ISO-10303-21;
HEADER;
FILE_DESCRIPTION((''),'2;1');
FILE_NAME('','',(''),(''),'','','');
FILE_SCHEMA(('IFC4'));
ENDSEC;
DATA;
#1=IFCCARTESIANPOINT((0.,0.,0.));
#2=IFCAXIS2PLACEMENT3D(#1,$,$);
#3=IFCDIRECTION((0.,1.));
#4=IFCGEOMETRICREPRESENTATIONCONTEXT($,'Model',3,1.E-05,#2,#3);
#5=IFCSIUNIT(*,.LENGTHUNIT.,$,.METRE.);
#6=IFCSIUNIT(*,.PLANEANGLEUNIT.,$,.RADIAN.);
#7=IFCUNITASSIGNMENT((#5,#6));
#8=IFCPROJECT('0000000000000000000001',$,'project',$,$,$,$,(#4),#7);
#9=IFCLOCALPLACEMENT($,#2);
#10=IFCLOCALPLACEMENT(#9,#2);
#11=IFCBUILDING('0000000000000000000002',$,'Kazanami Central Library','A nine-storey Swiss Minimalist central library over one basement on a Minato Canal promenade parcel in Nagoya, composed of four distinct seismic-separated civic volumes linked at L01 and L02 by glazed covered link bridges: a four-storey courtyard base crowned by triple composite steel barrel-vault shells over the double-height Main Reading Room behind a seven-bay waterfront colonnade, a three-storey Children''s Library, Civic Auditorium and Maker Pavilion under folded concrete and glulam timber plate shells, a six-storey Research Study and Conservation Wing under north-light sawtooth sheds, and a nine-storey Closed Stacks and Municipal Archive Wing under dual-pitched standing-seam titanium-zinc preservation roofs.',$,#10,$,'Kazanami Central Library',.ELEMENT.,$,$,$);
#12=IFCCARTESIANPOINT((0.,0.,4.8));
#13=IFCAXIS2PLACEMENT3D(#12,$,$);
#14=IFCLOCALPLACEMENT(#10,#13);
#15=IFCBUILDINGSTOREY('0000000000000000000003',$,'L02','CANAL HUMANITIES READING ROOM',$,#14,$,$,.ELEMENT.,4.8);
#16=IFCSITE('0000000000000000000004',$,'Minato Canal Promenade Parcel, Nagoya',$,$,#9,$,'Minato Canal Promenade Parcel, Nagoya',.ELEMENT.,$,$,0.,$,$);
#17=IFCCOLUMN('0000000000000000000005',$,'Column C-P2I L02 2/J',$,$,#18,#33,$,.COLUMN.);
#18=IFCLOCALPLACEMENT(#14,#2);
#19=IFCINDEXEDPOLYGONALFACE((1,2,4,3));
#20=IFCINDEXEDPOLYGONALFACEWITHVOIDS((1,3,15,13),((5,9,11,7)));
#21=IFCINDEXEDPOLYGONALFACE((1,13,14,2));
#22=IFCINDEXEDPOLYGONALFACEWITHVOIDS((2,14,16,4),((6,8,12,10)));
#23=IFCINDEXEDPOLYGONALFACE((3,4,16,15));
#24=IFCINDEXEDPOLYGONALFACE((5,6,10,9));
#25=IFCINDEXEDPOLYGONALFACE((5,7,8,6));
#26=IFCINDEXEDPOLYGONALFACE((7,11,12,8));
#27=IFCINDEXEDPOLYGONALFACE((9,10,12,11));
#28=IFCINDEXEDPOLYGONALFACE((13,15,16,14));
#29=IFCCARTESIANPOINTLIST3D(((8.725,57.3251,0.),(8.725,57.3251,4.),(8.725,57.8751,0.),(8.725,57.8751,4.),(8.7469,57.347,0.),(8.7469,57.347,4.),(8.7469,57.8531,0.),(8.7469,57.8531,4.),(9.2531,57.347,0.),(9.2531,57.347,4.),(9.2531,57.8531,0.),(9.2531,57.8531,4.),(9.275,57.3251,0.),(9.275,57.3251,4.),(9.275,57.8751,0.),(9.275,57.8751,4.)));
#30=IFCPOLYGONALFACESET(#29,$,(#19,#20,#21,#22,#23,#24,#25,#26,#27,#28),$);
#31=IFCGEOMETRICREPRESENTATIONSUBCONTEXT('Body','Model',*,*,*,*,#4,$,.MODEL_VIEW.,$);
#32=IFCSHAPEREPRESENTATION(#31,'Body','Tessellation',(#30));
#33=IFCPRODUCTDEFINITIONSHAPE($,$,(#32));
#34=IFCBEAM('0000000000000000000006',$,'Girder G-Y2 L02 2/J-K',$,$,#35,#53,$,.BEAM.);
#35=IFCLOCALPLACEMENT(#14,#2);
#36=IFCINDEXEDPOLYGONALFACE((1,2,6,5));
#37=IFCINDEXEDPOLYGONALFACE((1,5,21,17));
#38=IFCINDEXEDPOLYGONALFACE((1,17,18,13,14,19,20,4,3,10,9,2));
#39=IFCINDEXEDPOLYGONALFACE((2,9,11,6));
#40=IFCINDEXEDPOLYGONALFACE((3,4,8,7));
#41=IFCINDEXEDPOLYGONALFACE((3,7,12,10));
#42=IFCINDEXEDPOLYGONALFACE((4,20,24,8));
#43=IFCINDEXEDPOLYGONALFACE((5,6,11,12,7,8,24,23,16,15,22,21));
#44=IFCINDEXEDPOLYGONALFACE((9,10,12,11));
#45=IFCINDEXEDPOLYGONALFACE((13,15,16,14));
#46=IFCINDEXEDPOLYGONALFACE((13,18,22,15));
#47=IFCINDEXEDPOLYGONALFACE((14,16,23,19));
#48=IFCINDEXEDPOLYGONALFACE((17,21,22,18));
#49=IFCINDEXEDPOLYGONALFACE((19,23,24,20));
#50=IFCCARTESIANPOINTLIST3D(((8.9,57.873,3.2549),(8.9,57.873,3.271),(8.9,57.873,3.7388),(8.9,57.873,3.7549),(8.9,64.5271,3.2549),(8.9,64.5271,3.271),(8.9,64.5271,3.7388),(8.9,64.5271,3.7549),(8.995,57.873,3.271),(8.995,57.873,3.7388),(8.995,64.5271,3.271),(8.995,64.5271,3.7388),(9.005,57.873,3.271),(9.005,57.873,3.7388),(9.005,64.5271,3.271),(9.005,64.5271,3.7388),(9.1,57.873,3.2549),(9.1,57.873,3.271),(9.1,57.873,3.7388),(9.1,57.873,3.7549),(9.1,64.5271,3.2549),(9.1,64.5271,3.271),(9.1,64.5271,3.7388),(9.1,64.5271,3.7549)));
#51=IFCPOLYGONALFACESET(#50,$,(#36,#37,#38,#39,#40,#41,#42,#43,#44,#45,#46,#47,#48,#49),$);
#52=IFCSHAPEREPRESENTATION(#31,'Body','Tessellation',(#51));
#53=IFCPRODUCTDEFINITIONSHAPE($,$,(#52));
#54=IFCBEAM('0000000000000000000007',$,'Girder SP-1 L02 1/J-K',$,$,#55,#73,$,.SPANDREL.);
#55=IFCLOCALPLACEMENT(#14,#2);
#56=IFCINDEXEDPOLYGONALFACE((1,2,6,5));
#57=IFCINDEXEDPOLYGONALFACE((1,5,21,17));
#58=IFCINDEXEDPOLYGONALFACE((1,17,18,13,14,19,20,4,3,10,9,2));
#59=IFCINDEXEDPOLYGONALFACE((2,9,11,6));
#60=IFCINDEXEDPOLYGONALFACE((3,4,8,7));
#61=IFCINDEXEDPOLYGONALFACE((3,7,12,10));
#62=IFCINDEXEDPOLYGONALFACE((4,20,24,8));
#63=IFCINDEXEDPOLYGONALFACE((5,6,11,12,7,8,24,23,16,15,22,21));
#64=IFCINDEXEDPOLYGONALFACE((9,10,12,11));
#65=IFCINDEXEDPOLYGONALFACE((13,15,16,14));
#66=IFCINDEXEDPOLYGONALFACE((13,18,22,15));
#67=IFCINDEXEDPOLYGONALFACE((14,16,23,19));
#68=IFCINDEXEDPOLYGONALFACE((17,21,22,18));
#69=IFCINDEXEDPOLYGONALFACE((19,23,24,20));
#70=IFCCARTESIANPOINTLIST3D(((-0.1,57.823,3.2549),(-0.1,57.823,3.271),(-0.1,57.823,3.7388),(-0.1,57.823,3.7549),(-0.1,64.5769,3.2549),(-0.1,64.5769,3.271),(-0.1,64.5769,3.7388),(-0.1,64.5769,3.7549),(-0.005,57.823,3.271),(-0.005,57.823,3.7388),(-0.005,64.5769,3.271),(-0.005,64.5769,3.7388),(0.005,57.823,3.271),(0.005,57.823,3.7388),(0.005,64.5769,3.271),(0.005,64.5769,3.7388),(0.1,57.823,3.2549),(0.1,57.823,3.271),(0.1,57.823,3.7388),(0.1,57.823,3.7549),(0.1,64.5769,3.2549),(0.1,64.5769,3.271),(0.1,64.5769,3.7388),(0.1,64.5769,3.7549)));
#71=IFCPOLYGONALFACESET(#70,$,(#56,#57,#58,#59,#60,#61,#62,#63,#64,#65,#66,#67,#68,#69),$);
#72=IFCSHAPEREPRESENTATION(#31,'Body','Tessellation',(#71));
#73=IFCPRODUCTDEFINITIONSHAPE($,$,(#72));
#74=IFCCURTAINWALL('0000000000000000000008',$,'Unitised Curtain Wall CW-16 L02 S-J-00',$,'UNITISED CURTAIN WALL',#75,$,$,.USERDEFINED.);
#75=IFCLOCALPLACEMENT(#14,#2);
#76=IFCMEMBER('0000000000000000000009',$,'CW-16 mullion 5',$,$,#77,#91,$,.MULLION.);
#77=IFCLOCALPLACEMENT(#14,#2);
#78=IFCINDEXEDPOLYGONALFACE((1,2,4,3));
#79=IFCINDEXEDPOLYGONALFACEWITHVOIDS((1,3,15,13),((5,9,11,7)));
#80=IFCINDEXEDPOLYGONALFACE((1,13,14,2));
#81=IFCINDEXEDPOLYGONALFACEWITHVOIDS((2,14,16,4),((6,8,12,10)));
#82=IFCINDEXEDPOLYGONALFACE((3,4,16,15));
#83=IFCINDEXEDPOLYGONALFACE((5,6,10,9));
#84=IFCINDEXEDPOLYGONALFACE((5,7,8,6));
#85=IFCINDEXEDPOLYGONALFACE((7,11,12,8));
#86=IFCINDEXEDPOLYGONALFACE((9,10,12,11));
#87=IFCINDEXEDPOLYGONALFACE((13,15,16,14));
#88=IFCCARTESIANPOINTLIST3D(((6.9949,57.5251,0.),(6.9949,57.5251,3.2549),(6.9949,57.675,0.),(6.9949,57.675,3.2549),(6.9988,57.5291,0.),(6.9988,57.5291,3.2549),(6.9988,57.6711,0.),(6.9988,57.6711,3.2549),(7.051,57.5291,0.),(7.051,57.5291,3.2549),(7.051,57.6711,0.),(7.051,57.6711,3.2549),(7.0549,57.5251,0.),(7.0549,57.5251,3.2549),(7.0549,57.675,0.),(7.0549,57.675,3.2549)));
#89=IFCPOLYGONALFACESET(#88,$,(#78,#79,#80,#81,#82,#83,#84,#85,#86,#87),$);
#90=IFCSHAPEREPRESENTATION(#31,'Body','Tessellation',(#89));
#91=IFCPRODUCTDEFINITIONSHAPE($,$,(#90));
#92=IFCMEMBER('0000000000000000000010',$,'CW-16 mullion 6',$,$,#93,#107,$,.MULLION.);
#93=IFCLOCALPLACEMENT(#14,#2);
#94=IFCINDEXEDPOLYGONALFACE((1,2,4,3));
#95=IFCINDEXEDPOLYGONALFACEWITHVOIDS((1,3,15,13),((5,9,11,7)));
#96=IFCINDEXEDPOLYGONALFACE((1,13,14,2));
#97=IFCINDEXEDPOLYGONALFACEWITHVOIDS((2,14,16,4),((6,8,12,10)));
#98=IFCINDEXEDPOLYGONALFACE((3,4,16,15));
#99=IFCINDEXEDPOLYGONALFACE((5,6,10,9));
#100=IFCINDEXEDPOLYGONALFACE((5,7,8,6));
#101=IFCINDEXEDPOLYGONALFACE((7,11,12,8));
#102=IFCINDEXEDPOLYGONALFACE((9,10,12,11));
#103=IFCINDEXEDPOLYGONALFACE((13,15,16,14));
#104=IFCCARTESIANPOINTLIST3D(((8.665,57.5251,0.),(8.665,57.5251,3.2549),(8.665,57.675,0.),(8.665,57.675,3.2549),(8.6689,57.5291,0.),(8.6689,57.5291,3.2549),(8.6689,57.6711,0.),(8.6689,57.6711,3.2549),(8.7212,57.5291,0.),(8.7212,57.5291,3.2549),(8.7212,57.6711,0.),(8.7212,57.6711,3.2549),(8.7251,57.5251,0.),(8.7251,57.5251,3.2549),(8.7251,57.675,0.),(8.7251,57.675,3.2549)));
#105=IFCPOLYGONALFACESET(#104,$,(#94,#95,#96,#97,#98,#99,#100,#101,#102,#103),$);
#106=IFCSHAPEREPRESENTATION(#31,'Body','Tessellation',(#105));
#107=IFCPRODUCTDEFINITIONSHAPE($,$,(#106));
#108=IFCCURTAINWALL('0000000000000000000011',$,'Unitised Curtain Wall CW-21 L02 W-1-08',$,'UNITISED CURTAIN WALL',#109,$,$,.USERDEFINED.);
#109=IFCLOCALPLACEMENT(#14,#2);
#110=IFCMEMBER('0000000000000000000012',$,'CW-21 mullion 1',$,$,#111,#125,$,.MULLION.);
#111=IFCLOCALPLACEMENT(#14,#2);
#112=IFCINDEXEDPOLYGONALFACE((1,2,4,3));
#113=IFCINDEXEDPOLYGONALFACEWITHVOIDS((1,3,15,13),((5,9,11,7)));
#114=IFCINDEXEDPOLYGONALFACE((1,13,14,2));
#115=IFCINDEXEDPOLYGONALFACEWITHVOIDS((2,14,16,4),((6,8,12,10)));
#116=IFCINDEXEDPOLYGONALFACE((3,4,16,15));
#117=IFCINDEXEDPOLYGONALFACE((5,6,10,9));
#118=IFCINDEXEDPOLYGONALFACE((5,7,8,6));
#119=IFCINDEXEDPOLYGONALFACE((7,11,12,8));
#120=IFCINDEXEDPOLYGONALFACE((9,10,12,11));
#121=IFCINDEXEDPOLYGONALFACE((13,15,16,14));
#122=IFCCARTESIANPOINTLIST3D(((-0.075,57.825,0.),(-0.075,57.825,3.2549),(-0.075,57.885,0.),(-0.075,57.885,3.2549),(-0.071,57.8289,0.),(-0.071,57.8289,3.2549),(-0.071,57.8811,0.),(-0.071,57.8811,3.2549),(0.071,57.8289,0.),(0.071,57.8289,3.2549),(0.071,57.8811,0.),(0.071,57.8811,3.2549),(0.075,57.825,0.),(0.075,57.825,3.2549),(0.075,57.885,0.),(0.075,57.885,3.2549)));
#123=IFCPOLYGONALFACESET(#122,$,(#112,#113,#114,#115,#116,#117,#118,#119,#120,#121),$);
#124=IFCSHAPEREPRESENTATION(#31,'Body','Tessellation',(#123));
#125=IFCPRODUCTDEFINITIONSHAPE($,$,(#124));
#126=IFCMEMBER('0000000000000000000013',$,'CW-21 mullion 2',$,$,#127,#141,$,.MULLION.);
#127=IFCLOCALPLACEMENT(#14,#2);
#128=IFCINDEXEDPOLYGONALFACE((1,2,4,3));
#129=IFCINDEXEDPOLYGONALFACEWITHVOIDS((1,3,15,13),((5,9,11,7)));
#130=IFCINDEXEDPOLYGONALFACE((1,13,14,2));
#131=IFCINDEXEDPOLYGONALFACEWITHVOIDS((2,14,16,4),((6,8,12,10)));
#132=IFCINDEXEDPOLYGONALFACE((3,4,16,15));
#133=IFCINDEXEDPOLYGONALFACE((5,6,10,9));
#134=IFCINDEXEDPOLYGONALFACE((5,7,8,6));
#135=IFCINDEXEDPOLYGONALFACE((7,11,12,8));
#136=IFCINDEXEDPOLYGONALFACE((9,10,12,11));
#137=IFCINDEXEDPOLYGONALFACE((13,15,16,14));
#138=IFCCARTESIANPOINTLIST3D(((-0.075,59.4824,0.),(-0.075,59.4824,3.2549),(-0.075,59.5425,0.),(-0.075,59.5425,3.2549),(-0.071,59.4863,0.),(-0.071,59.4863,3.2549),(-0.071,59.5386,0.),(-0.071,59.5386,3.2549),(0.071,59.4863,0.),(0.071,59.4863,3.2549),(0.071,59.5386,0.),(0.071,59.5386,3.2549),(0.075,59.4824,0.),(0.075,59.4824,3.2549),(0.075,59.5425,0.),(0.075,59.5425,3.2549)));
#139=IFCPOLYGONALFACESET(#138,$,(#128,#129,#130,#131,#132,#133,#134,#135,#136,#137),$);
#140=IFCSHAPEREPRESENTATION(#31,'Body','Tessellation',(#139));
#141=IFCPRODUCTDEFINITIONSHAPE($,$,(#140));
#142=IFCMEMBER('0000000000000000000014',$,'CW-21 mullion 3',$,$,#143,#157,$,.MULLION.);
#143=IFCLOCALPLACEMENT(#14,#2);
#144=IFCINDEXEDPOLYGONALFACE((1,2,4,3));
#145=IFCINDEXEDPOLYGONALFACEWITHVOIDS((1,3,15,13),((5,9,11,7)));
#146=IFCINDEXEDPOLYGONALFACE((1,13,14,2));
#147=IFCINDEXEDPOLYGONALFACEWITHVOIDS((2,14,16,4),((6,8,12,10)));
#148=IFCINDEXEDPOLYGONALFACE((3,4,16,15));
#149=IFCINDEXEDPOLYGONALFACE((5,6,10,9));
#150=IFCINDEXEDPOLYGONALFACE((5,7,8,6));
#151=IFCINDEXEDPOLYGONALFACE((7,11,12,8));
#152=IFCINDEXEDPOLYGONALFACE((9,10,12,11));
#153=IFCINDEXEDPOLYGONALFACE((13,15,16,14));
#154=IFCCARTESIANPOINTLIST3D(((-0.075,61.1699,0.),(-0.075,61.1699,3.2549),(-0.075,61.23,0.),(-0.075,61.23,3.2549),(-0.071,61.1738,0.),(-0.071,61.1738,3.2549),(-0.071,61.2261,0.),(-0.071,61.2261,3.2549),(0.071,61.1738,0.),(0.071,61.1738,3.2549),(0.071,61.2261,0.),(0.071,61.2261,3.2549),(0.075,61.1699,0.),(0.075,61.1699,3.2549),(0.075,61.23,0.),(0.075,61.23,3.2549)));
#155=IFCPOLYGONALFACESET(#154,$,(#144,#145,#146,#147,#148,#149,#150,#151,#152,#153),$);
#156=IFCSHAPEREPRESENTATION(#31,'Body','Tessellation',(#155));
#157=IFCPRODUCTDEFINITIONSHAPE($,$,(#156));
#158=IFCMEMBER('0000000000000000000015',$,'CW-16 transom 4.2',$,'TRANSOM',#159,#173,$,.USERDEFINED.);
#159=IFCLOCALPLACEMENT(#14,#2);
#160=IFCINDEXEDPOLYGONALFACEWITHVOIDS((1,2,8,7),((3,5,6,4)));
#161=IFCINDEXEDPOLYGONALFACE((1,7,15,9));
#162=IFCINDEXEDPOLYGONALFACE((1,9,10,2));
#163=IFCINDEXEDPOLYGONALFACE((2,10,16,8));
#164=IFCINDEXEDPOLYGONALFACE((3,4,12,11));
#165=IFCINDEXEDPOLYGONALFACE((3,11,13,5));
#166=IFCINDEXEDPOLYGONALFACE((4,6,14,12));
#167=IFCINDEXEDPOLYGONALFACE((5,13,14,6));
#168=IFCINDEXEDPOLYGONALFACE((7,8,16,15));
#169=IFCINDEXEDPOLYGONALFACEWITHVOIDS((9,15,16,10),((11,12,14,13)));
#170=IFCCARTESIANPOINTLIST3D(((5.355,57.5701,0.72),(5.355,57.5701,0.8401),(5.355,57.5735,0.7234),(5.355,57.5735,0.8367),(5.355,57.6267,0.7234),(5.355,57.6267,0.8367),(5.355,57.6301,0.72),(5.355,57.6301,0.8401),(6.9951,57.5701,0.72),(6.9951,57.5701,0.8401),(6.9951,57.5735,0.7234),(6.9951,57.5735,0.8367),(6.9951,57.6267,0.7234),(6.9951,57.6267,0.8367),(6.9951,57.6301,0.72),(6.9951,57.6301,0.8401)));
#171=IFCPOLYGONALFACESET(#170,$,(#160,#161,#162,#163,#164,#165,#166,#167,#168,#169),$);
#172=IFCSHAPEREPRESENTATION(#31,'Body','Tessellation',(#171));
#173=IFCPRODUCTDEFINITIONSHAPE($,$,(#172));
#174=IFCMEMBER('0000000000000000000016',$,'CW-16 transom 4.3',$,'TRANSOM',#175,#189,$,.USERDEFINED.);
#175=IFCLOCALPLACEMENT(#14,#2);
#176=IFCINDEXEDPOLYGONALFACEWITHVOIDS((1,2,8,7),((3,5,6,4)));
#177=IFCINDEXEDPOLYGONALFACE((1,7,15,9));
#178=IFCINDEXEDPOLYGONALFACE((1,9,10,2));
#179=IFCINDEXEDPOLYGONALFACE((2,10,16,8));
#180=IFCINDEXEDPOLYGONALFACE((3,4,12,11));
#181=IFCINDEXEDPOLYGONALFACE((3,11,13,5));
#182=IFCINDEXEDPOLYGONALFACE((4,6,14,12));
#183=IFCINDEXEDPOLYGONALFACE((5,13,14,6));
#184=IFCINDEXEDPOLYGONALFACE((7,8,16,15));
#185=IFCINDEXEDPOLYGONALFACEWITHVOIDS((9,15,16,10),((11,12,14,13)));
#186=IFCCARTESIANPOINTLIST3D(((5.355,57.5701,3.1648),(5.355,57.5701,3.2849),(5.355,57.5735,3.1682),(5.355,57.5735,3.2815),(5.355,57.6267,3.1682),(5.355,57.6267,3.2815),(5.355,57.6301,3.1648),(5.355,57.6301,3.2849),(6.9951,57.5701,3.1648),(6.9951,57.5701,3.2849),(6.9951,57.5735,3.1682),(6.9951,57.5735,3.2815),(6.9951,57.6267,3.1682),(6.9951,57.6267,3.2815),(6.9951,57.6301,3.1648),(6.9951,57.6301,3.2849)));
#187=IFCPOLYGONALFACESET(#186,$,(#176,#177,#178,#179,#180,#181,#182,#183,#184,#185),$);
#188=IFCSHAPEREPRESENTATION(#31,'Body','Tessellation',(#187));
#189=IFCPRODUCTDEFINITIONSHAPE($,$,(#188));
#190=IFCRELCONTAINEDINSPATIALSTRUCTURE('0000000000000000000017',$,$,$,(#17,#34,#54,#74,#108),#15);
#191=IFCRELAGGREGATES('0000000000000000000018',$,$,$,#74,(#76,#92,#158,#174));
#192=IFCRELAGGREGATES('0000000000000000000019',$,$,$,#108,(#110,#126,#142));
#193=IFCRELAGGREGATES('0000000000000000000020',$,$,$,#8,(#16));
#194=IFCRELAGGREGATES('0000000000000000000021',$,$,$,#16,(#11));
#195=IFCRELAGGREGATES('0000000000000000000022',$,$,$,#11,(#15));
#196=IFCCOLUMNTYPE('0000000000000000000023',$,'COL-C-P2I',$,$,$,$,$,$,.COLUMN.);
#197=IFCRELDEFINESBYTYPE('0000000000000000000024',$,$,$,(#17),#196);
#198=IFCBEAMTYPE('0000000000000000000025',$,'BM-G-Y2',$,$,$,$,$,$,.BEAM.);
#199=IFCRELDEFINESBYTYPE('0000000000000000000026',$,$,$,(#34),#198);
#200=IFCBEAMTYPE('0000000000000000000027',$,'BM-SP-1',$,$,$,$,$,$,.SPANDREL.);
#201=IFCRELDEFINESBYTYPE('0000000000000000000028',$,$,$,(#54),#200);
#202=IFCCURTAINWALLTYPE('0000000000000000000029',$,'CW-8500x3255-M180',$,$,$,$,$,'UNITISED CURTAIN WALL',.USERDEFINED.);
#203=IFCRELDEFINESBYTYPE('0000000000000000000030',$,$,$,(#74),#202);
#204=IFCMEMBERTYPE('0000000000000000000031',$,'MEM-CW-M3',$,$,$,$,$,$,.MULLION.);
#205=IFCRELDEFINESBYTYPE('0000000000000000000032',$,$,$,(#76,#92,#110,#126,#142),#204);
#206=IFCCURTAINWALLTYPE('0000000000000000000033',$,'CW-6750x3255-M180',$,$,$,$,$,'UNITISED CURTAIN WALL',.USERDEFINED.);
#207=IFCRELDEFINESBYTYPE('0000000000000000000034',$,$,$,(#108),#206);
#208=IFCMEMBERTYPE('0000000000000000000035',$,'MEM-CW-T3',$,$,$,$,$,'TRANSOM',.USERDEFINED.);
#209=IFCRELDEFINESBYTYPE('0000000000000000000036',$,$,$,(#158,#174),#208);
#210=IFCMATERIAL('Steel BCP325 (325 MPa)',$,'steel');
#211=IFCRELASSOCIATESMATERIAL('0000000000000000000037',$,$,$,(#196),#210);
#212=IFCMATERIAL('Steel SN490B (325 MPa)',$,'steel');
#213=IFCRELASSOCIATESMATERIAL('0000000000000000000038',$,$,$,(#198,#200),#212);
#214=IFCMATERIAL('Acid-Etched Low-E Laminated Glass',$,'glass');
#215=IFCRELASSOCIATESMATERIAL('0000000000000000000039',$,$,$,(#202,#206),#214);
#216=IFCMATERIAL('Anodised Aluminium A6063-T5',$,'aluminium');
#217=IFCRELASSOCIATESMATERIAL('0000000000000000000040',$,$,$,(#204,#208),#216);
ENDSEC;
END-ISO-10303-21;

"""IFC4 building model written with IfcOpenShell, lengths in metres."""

from ifc_helpers import new_model, si_unit, direction, frame, origin, origin_2d, place, context, subcontext, project, spatial, hollow_rectangle, i_section, extrude, material, material_profile, profile_set, type_object, element, aggregate, save


model = new_model("IFC4")

# Units and contexts
model_context = context("Model", 3, precision=1e-05, world=origin(), true_north=direction((0.0, 1.0)))
body_context = subcontext(model_context, "Body", "Model", "MODEL_VIEW")
ifc_project = project(units=[si_unit("LENGTHUNIT", "METRE"), si_unit("PLANEANGLEUNIT", "RADIAN")], contexts=[model_context])

# Site, building, storey
site_placement = place(None, origin())
site = spatial("IfcSite", under=ifc_project, at=site_placement, Name="Minato Canal Promenade Parcel, Nagoya", LongName="Minato Canal Promenade Parcel, Nagoya", CompositionType="ELEMENT", RefElevation=0.0)
building_placement = place(site_placement, origin())
building = spatial("IfcBuilding", under=site, at=building_placement, Name="Kazanami Central Library", Description="A nine-storey Swiss Minimalist central library over one basement on a Minato Canal promenade parcel in Nagoya, composed of four distinct seismic-separated civic volumes linked at L01 and L02 by glazed covered link bridges: a four-storey courtyard base crowned by triple composite steel barrel-vault shells over the double-height Main Reading Room behind a seven-bay waterfront colonnade, a three-storey Children's Library, Civic Auditorium and Maker Pavilion under folded concrete and glulam timber plate shells, a six-storey Research Study and Conservation Wing under north-light sawtooth sheds, and a nine-storey Closed Stacks and Municipal Archive Wing under dual-pitched standing-seam titanium-zinc preservation roofs.", LongName="Kazanami Central Library", CompositionType="ELEMENT")
storey_placement = place(building_placement, frame((0.0, 0.0, 4.8)))
storey = spatial("IfcBuildingStorey", under=building, at=storey_placement, Name="L02", Description="CANAL HUMANITIES READING ROOM", CompositionType="ELEMENT", Elevation=4.8)

# Column
ifc_material_1 = material(Name="Steel BCP325 (325 MPa)", Category="steel")
ifc_material_profile_1 = material_profile(ifc_material_1, hollow_rectangle(XDim=0.55, YDim=0.55, WallThickness=0.022, at=origin_2d()), Name="BCP-550x550x22")
ifc_profile_set_1 = profile_set([ifc_material_profile_1], Name="Steel BCP325 (325 MPa)")
column_type = type_object("IfcColumnType", Name="COL-C-P2I", PredefinedType="COLUMN", material=ifc_profile_set_1)
column_placement = place(storey_placement, frame((9.0, 57.6001, 0.0), z_axis=(0.0, 0.0, 1.0), x_axis=(1.0, 0.0, 0.0)))
element("IfcColumn", 1, at=column_placement, inside=storey, type_object=column_type, Name="Column C-P2I L02 2/J", PredefinedType="COLUMN", context=body_context, shape_type="SweptSolid", body=[
    extrude(hollow_rectangle(XDim=0.55, YDim=0.55, WallThickness=0.022, at=origin_2d()), origin(), (0.0, 0.0, 1.0), 4.0),
])

# Beams
ifc_material_2 = material(Name="Steel SN490B (325 MPa)", Category="steel")
ifc_material_profile_2 = material_profile(ifc_material_2, i_section(OverallWidth=0.2, OverallDepth=0.5, WebThickness=0.01, FlangeThickness=0.0161, at=origin_2d()), Name="H-500x200x10x16")
ifc_profile_set_2 = profile_set([ifc_material_profile_2], Name="Steel SN490B (325 MPa)")
beam_type_1 = type_object("IfcBeamType", Name="BM-G-Y2", PredefinedType="BEAM", material=ifc_profile_set_2)
beam_1_placement = place(storey_placement, frame((9.0, 57.873, 3.5049), z_axis=(0.0, 1.0, 0.0), x_axis=(-1.0, 0.0, 0.0)))
element("IfcBeam", 2, at=beam_1_placement, inside=storey, type_object=beam_type_1, Name="Girder G-Y2 L02 2/J-K", PredefinedType="BEAM", context=body_context, shape_type="SweptSolid", body=[
    extrude(i_section(OverallWidth=0.2, OverallDepth=0.5, WebThickness=0.01, FlangeThickness=0.0161, at=origin_2d()), origin(), (0.0, 0.0, 1.0), 6.6541),
])
ifc_material_profile_3 = material_profile(ifc_material_2, i_section(OverallWidth=0.2, OverallDepth=0.5, WebThickness=0.01, FlangeThickness=0.0161, at=origin_2d()), Name="H-500x200x10x16")
ifc_profile_set_3 = profile_set([ifc_material_profile_3], Name="Steel SN490B (325 MPa)")
beam_type_2 = type_object("IfcBeamType", Name="BM-SP-1", PredefinedType="SPANDREL", material=ifc_profile_set_3)
beam_2_placement = place(storey_placement, frame((0.0, 57.823, 3.5049), z_axis=(0.0, 1.0, 0.0), x_axis=(-1.0, 0.0, 0.0)))
element("IfcBeam", 3, at=beam_2_placement, inside=storey, type_object=beam_type_2, Name="Girder SP-1 L02 1/J-K", PredefinedType="SPANDREL", context=body_context, shape_type="SweptSolid", body=[
    extrude(i_section(OverallWidth=0.2, OverallDepth=0.5, WebThickness=0.01, FlangeThickness=0.0161, at=origin_2d()), origin(), (0.0, 0.0, 1.0), 6.7539),
])

# Curtain walls, members
ifc_material_3 = material(Name="Acid-Etched Low-E Laminated Glass", Category="glass")
curtain_wall_type_1 = type_object("IfcCurtainWallType", Name="CW-8500x3255-M180", ElementType="UNITISED CURTAIN WALL", PredefinedType="USERDEFINED", material=ifc_material_3)
curtain_wall_1_placement = place(storey_placement, origin())
curtain_wall_1 = element("IfcCurtainWall", 4, at=curtain_wall_1_placement, inside=storey, type_object=curtain_wall_type_1, Name="Unitised Curtain Wall CW-16 L02 S-J-00", ObjectType="UNITISED CURTAIN WALL", PredefinedType="USERDEFINED")
ifc_material_4 = material(Name="Anodised Aluminium A6063-T5", Category="aluminium")
ifc_material_profile_4 = material_profile(ifc_material_4, hollow_rectangle(XDim=0.0601, YDim=0.1499, WallThickness=0.0039, at=origin_2d()), Name="ALU-MULL-60x150x4")
ifc_profile_set_4 = profile_set([ifc_material_profile_4], Name="Anodised Aluminium A6063-T5")
member_type_1 = type_object("IfcMemberType", Name="MEM-CW-M3", PredefinedType="MULLION", material=ifc_profile_set_4)
member_1_placement = place(storey_placement, frame((7.0249, 57.6001, 0.0), z_axis=(0.0, 0.0, 1.0), x_axis=(1.0, 0.0, 0.0)))
member_1 = element("IfcMember", 5, at=member_1_placement, type_object=member_type_1, Name="CW-16 mullion 5", PredefinedType="MULLION", context=body_context, shape_type="SweptSolid", body=[
    extrude(hollow_rectangle(XDim=0.0601, YDim=0.1499, WallThickness=0.0039, at=origin_2d()), origin(), (0.0, 0.0, 1.0), 3.2549),
])
member_2_placement = place(storey_placement, frame((8.6951, 57.6001, 0.0), z_axis=(0.0, 0.0, 1.0), x_axis=(1.0, 0.0, 0.0)))
member_2 = element("IfcMember", 6, at=member_2_placement, type_object=member_type_1, Name="CW-16 mullion 6", PredefinedType="MULLION", context=body_context, shape_type="SweptSolid", body=[
    extrude(hollow_rectangle(XDim=0.0601, YDim=0.1499, WallThickness=0.0039, at=origin_2d()), origin(), (0.0, 0.0, 1.0), 3.2549),
])
curtain_wall_type_2 = type_object("IfcCurtainWallType", Name="CW-6750x3255-M180", ElementType="UNITISED CURTAIN WALL", PredefinedType="USERDEFINED", material=ifc_material_3)
curtain_wall_2_placement = place(storey_placement, origin())
curtain_wall_2 = element("IfcCurtainWall", 7, at=curtain_wall_2_placement, inside=storey, type_object=curtain_wall_type_2, Name="Unitised Curtain Wall CW-21 L02 W-1-08", ObjectType="UNITISED CURTAIN WALL", PredefinedType="USERDEFINED")
member_3_placement = place(storey_placement, frame((0.0, 57.855, 0.0), z_axis=(0.0, 0.0, 1.0), x_axis=(0.0, 1.0, 0.0)))
member_3 = element("IfcMember", 8, at=member_3_placement, type_object=member_type_1, Name="CW-21 mullion 1", PredefinedType="MULLION", context=body_context, shape_type="SweptSolid", body=[
    extrude(hollow_rectangle(XDim=0.0601, YDim=0.1499, WallThickness=0.0039, at=origin_2d()), origin(), (0.0, 0.0, 1.0), 3.2549),
])
member_4_placement = place(storey_placement, frame((0.0, 59.5125, 0.0), z_axis=(0.0, 0.0, 1.0), x_axis=(0.0, 1.0, 0.0)))
member_4 = element("IfcMember", 9, at=member_4_placement, type_object=member_type_1, Name="CW-21 mullion 2", PredefinedType="MULLION", context=body_context, shape_type="SweptSolid", body=[
    extrude(hollow_rectangle(XDim=0.0601, YDim=0.1499, WallThickness=0.0039, at=origin_2d()), origin(), (0.0, 0.0, 1.0), 3.2549),
])
member_5_placement = place(storey_placement, frame((0.0, 61.2, 0.0), z_axis=(0.0, 0.0, 1.0), x_axis=(0.0, 1.0, 0.0)))
member_5 = element("IfcMember", 10, at=member_5_placement, type_object=member_type_1, Name="CW-21 mullion 3", PredefinedType="MULLION", context=body_context, shape_type="SweptSolid", body=[
    extrude(hollow_rectangle(XDim=0.0601, YDim=0.1499, WallThickness=0.0039, at=origin_2d()), origin(), (0.0, 0.0, 1.0), 3.2549),
])

# Members
ifc_material_profile_5 = material_profile(ifc_material_4, hollow_rectangle(XDim=0.0601, YDim=0.1201, WallThickness=0.0034, at=origin_2d()), Name="ALU-TRAN-60x120x3.5")
ifc_profile_set_5 = profile_set([ifc_material_profile_5], Name="Anodised Aluminium A6063-T5")
member_type_2 = type_object("IfcMemberType", Name="MEM-CW-T3", ElementType="TRANSOM", PredefinedType="USERDEFINED", material=ifc_profile_set_5)
member_6_placement = place(storey_placement, frame((5.355, 57.6001, 0.78), z_axis=(1.0, 0.0, 0.0), x_axis=(0.0, 1.0, 0.0)))
member_6 = element("IfcMember", 11, at=member_6_placement, type_object=member_type_2, Name="CW-16 transom 4.2", ObjectType="TRANSOM", PredefinedType="USERDEFINED", context=body_context, shape_type="SweptSolid", body=[
    extrude(hollow_rectangle(XDim=0.0601, YDim=0.1201, WallThickness=0.0034, at=origin_2d()), origin(), (0.0, 0.0, 1.0), 1.6401),
])
member_7_placement = place(storey_placement, frame((5.355, 57.6001, 3.2249), z_axis=(1.0, 0.0, 0.0), x_axis=(0.0, 1.0, 0.0)))
member_7 = element("IfcMember", 12, at=member_7_placement, type_object=member_type_2, Name="CW-16 transom 4.3", ObjectType="TRANSOM", PredefinedType="USERDEFINED", context=body_context, shape_type="SweptSolid", body=[
    extrude(hollow_rectangle(XDim=0.0601, YDim=0.1201, WallThickness=0.0034, at=origin_2d()), origin(), (0.0, 0.0, 1.0), 1.6401),
])

aggregate(curtain_wall_1, [member_1, member_2, member_6, member_7])
aggregate(curtain_wall_2, [member_3, member_4, member_5])

save(model, "model.ifc")
